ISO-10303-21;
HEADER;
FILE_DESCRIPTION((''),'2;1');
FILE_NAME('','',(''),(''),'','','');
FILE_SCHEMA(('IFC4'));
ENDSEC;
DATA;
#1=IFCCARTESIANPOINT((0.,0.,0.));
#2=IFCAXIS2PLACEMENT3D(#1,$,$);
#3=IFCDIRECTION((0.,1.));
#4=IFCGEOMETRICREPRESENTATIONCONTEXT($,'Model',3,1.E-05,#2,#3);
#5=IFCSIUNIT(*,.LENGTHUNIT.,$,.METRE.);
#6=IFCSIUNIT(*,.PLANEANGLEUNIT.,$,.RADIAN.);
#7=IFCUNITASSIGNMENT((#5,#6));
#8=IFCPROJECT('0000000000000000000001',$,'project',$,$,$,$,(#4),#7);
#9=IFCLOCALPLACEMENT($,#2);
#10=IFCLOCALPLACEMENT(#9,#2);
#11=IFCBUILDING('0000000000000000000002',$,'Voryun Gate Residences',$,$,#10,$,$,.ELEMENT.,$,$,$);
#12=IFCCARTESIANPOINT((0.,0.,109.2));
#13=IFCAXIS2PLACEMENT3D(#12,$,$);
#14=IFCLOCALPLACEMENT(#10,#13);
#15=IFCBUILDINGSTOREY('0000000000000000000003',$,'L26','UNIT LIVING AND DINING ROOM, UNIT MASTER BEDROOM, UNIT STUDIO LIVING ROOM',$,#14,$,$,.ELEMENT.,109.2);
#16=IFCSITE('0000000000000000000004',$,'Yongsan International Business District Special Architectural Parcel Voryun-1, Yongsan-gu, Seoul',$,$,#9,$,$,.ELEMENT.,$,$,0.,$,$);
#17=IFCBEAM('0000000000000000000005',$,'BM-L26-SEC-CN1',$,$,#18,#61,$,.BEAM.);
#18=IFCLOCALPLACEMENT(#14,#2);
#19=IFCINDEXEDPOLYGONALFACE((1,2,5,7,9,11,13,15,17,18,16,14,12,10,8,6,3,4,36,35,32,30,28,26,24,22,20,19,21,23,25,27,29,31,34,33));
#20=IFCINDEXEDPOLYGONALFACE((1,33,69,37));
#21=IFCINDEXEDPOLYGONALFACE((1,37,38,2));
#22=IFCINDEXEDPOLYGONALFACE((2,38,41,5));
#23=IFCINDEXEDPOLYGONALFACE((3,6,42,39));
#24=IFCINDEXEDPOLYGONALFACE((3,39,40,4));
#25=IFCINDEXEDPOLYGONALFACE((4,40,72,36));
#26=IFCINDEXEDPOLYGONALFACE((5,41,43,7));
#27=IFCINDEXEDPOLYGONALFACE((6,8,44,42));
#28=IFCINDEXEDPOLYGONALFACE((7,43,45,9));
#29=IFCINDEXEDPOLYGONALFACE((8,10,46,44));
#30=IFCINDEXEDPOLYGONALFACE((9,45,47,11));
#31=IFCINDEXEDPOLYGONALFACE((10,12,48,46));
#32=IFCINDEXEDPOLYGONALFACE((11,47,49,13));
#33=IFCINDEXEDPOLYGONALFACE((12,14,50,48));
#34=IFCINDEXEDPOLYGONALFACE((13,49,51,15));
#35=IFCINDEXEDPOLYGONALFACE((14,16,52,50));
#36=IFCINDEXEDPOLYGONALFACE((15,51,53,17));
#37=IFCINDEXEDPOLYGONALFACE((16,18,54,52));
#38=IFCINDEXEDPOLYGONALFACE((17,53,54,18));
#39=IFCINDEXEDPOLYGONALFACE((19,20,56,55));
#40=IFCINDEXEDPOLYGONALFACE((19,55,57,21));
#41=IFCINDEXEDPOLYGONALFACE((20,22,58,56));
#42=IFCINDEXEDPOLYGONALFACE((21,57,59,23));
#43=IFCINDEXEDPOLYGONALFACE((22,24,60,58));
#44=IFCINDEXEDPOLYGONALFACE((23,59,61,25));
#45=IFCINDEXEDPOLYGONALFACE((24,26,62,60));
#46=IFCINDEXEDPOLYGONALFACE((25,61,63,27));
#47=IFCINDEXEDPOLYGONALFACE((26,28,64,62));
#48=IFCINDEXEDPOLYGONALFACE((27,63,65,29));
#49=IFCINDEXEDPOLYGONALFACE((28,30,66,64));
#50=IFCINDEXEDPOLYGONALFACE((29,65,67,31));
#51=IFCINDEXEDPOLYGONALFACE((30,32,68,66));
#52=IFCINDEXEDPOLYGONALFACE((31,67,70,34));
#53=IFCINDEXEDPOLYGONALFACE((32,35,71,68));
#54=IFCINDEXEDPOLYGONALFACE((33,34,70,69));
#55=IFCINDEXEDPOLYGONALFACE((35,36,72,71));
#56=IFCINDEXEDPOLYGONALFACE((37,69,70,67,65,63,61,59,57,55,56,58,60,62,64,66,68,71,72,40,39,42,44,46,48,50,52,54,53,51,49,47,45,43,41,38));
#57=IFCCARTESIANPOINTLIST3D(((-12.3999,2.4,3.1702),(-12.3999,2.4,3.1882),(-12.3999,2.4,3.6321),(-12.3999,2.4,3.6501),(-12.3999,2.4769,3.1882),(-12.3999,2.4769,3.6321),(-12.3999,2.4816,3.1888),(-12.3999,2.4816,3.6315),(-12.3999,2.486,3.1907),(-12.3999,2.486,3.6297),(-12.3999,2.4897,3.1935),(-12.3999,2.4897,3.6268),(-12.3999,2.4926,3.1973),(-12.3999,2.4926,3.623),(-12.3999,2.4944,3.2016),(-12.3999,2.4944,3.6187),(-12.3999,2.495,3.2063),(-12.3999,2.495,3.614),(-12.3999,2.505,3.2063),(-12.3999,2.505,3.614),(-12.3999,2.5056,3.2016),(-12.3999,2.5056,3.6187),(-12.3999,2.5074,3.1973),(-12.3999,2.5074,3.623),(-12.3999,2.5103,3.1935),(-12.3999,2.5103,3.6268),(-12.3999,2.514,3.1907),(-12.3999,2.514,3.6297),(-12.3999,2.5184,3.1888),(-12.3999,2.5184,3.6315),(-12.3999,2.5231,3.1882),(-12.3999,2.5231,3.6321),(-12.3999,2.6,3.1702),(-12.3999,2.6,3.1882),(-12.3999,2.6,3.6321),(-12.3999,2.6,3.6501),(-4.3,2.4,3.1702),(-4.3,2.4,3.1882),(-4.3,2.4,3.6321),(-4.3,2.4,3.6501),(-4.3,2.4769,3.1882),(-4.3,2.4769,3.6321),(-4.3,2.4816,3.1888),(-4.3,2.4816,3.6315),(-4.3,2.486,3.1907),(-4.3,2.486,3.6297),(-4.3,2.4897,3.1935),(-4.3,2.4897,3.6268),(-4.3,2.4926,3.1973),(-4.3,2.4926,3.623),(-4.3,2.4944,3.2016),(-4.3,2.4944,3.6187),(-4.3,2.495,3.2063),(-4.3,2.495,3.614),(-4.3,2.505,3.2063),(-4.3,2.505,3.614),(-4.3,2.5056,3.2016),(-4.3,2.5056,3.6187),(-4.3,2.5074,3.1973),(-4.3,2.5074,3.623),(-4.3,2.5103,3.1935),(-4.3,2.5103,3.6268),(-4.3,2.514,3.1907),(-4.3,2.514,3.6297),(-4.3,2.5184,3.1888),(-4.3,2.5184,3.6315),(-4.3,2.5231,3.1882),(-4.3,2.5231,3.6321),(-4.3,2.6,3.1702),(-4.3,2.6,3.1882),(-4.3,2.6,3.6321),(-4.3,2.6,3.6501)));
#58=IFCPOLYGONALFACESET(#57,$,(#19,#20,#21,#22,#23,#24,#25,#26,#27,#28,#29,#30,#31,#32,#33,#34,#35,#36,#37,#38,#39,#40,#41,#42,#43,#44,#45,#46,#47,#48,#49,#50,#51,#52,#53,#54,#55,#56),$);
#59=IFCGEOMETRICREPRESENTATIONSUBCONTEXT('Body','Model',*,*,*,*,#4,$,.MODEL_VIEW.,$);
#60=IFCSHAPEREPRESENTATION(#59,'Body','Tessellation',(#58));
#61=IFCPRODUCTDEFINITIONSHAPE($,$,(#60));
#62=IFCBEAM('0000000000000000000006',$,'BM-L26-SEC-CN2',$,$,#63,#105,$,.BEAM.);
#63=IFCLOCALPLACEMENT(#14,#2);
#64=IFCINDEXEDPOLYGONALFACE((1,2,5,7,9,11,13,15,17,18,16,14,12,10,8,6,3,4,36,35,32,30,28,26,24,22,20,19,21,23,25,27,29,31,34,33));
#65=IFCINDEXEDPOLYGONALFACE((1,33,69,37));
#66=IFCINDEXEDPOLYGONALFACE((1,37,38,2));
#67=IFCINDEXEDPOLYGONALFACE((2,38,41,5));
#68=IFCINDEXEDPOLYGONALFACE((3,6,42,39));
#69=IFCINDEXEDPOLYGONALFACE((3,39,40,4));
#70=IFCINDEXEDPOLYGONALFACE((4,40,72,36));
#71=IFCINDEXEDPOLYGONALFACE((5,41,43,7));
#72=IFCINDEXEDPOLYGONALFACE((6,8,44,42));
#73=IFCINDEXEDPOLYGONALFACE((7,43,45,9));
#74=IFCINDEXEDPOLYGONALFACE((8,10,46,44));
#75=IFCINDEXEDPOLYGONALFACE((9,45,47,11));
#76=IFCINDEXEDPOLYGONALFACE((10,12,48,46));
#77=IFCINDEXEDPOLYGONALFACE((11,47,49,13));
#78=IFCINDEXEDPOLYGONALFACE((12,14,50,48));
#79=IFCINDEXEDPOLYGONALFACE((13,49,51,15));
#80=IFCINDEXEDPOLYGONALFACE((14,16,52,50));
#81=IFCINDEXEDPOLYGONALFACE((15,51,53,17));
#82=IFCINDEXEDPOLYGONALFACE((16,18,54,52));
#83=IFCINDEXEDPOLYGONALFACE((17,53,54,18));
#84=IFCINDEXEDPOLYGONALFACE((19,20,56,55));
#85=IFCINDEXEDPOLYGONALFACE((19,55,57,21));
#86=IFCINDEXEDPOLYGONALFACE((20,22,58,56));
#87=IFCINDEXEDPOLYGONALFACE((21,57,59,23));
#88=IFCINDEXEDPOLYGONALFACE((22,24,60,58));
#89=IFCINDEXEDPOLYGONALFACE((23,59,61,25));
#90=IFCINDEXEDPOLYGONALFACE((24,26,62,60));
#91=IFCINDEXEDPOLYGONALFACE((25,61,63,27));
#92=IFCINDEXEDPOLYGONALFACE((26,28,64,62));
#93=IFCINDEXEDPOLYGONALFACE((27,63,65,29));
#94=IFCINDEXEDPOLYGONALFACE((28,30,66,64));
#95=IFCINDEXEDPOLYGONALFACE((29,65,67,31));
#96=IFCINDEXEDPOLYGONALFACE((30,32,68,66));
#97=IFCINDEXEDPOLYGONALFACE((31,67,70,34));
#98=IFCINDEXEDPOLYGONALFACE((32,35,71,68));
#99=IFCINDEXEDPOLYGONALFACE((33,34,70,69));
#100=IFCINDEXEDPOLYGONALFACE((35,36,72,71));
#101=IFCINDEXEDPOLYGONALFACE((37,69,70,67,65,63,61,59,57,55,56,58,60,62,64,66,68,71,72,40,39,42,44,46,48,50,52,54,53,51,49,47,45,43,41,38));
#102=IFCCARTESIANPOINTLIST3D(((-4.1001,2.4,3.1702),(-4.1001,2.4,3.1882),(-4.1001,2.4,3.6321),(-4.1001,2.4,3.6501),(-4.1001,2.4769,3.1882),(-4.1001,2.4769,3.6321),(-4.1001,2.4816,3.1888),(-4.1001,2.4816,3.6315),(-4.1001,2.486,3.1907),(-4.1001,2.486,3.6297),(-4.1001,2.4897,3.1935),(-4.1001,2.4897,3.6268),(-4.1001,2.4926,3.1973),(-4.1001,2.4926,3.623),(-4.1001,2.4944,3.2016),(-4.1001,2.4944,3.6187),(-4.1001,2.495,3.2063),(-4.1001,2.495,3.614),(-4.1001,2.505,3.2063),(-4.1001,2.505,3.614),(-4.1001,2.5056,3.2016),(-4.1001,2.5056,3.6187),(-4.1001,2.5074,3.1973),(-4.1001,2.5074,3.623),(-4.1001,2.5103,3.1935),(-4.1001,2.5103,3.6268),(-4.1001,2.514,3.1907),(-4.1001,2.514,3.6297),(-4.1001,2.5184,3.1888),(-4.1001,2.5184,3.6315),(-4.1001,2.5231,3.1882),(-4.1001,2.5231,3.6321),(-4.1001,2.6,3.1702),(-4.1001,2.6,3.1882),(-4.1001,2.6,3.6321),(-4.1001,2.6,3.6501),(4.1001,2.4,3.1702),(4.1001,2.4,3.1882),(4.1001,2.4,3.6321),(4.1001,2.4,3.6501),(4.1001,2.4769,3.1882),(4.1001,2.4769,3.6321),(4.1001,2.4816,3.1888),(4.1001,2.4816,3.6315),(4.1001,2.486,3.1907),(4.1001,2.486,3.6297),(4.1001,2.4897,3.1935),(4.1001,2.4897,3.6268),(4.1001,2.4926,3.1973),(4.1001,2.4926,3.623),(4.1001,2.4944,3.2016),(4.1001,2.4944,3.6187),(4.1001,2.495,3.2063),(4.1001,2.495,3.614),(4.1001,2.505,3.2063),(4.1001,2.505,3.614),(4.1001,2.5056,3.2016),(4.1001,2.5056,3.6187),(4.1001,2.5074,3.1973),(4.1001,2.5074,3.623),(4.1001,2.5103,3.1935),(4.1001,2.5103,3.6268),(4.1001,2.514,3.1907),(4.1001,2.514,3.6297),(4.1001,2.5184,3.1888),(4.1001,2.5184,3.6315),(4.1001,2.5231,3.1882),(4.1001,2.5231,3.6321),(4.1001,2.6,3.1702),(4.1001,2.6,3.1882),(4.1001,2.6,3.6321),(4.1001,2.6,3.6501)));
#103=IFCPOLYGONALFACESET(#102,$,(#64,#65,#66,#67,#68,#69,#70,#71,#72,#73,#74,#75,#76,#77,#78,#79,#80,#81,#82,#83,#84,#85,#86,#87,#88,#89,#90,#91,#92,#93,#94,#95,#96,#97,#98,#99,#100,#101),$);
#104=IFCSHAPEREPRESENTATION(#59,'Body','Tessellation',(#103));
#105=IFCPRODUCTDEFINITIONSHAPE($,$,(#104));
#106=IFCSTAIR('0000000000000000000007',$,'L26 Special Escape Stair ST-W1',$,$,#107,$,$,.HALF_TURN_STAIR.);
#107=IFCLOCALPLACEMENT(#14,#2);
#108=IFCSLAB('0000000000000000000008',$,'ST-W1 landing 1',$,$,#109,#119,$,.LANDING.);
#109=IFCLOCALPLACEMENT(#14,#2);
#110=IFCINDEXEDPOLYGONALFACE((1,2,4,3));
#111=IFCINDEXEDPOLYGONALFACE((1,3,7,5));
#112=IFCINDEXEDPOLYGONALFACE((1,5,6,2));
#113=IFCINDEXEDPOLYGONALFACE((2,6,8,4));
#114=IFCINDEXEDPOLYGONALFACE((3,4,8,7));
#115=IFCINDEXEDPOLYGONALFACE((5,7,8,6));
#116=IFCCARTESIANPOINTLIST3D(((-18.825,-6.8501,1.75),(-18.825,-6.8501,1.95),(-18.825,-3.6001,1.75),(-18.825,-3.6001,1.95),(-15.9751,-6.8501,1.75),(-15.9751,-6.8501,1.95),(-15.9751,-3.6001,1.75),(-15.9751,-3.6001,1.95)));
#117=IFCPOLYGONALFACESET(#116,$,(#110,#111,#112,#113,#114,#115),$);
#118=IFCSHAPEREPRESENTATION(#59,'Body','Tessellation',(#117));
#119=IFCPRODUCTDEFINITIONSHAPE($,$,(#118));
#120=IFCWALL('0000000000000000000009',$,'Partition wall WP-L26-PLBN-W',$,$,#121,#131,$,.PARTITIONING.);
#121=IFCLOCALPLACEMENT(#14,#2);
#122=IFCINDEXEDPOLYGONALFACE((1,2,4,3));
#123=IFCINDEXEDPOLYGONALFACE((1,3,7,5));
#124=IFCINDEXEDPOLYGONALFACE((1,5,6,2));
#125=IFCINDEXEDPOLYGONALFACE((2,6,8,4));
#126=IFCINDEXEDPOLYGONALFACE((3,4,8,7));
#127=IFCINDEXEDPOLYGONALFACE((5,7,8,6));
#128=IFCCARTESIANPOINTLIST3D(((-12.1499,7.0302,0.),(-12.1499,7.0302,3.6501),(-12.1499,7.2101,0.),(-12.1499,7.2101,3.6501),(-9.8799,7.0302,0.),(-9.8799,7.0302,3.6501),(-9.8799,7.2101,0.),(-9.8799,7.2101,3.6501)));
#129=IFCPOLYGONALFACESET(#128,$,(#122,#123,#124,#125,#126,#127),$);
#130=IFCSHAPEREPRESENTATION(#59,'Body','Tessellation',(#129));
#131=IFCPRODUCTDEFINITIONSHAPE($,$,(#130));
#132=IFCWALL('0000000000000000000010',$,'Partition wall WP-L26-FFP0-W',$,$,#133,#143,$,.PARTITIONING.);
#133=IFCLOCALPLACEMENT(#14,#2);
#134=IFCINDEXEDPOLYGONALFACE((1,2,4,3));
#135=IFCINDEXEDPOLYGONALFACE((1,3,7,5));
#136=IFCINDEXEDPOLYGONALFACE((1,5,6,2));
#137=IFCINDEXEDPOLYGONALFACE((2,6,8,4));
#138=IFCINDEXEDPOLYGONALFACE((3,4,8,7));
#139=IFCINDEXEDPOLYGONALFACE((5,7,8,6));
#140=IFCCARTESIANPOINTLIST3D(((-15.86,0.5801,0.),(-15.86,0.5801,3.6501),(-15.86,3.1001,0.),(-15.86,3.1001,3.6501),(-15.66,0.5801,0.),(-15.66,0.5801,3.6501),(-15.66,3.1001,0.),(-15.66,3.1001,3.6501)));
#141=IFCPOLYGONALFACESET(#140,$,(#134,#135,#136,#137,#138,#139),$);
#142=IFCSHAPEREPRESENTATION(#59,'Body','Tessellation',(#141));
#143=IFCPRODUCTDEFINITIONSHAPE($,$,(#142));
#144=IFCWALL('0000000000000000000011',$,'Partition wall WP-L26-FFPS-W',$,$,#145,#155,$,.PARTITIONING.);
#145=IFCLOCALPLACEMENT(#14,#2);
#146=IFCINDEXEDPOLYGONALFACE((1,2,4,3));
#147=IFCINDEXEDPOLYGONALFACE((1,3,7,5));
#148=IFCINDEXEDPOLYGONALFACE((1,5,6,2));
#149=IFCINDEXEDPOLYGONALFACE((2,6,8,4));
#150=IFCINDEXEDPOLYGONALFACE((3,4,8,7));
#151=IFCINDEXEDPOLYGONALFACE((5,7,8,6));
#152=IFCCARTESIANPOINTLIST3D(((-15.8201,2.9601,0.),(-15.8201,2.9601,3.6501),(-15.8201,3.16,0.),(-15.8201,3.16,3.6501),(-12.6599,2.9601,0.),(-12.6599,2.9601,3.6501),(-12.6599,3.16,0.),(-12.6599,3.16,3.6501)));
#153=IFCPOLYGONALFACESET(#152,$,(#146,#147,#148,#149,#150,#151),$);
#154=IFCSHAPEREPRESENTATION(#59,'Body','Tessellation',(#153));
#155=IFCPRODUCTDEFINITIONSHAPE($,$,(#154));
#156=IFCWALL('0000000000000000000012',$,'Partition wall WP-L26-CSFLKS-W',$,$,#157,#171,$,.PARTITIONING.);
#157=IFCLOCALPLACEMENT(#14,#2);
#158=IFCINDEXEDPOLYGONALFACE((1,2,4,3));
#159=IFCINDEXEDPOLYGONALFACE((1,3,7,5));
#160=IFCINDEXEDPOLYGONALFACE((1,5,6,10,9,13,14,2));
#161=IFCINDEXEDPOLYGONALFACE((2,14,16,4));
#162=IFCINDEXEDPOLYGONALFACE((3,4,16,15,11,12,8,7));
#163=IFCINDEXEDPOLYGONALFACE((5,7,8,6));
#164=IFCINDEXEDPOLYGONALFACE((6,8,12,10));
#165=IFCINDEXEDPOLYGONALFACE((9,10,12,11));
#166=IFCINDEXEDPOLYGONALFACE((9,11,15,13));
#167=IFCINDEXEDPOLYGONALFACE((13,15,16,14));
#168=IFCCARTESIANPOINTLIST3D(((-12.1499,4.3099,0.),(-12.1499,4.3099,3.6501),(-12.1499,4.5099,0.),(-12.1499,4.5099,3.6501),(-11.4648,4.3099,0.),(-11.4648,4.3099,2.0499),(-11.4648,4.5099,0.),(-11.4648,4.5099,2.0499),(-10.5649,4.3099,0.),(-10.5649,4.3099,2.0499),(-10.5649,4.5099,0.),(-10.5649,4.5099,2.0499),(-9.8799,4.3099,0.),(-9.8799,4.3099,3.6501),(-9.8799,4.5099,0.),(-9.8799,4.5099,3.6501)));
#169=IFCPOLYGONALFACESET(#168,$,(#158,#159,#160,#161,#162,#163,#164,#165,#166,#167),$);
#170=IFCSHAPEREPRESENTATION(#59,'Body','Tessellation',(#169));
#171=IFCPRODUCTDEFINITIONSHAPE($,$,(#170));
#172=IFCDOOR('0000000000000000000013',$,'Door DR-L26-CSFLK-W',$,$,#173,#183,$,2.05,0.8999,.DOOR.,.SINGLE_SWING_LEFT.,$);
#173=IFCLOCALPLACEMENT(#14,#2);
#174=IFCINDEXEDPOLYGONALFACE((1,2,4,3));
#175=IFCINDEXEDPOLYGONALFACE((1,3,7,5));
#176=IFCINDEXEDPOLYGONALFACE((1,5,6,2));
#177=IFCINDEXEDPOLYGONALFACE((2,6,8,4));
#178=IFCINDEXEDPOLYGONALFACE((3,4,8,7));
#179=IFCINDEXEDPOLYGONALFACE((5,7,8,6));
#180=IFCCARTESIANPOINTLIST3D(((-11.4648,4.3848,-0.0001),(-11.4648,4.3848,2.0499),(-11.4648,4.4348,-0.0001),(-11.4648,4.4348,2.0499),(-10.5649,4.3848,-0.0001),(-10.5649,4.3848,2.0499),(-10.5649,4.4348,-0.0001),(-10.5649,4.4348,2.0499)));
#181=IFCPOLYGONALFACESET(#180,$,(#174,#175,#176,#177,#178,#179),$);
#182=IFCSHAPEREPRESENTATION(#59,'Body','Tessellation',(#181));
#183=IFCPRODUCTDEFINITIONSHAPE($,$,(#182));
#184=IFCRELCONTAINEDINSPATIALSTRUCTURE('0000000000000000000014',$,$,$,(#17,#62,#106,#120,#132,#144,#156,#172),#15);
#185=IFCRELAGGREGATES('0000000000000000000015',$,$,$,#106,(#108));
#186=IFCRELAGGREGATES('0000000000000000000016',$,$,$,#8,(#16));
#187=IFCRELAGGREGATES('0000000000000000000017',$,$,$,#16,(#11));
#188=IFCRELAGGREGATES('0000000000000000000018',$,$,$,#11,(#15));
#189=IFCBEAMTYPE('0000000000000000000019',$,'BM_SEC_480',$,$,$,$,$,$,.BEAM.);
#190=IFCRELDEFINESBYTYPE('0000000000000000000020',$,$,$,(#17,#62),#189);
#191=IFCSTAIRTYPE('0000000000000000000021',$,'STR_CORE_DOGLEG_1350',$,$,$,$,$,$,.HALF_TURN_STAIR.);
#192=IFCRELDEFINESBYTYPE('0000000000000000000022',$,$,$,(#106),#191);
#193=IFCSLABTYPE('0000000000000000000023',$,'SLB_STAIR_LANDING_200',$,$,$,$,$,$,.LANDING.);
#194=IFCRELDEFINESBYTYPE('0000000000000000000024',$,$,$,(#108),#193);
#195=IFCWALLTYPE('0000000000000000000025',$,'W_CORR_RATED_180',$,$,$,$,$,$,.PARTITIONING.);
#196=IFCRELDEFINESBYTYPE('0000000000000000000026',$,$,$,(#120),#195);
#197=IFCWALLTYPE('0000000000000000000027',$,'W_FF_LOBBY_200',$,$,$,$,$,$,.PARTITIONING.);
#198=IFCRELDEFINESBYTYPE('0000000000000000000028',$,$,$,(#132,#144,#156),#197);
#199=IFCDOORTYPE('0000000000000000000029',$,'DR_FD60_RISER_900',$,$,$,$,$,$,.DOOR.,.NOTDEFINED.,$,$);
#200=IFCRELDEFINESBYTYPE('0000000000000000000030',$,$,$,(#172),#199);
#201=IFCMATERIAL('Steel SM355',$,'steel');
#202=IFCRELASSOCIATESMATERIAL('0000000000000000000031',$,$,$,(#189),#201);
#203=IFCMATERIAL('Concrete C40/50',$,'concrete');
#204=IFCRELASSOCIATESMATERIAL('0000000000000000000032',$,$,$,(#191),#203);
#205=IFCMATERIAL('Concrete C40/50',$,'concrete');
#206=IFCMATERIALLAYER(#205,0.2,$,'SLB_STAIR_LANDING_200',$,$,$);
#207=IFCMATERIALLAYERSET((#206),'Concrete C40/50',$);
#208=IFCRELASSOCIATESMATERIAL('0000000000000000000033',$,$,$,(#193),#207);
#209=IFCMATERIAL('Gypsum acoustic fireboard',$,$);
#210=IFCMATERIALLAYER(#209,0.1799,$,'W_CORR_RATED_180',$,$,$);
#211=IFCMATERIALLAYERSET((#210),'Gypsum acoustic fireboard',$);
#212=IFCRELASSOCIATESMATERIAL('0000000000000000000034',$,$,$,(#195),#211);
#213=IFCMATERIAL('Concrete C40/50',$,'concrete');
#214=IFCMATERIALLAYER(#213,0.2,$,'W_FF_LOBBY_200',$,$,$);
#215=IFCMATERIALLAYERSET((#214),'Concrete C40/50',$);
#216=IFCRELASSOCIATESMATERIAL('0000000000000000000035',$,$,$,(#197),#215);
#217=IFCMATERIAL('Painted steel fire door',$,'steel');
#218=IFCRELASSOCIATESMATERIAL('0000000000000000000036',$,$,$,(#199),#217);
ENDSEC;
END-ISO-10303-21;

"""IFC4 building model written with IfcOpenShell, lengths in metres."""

from ifc_helpers import new_model, si_unit, direction, frame, frame_2d, origin, origin_2d, place, context, subcontext, project, spatial, polyline, rectangle, i_section, outline, extrude, material, layer, layer_set, material_profile, profile_set, type_object, element, fill, aggregate, save


model = new_model("IFC4")

# Units and contexts
model_context = context("Model", 3, precision=1e-05, world=origin(), true_north=direction((0.0, 1.0)))
body_context = subcontext(model_context, "Body", "Model", "MODEL_VIEW")
ifc_project = project(units=[si_unit("LENGTHUNIT", "METRE"), si_unit("PLANEANGLEUNIT", "RADIAN")], contexts=[model_context])

# Site, building, storey
site_placement = place(None, origin())
site = spatial("IfcSite", under=ifc_project, at=site_placement, Name="Yongsan International Business District Special Architectural Parcel Voryun-1, Yongsan-gu, Seoul", CompositionType="ELEMENT", RefElevation=0.0)
building_placement = place(site_placement, origin())
building = spatial("IfcBuilding", under=site, at=building_placement, Name="Voryun Gate Residences", CompositionType="ELEMENT")
storey_placement = place(building_placement, frame((0.0, 0.0, 109.2)))
storey = spatial("IfcBuildingStorey", under=building, at=storey_placement, Name="L26", Description="UNIT LIVING AND DINING ROOM, UNIT MASTER BEDROOM, UNIT STUDIO LIVING ROOM", CompositionType="ELEMENT", Elevation=109.2)

# Beams
ifc_material_1 = material(Name="Steel SM355", Category="steel")
ifc_material_profile_1 = material_profile(ifc_material_1, i_section(OverallWidth=0.2, OverallDepth=0.48, WebThickness=0.01, FlangeThickness=0.0181, FilletRadius=0.0181, at=origin_2d()), Name="H-480x200x10x18")
ifc_profile_set_1 = profile_set([ifc_material_profile_1], Name="Steel SM355")
beam_type_1 = type_object("IfcBeamType", Name="BM_SEC_480", PredefinedType="BEAM", material=ifc_profile_set_1)
beam_1_placement = place(storey_placement, frame((-12.3999, 2.5, 3.4102), z_axis=(1.0, 0.0, 0.0), x_axis=(0.0, 1.0, 0.0)))
element("IfcBeam", 1, at=beam_1_placement, inside=storey, type_object=beam_type_1, Name="BM-L26-SEC-CN1", PredefinedType="BEAM", context=body_context, shape_type="SweptSolid", body=[
    extrude(i_section(OverallWidth=0.2, OverallDepth=0.48, WebThickness=0.01, FlangeThickness=0.0181, FilletRadius=0.0181, at=origin_2d()), origin(), (0.0, 0.0, 1.0), 8.0999),
])
beam_2_placement = place(storey_placement, frame((-4.1001, 2.5, 3.4102), z_axis=(1.0, 0.0, 0.0), x_axis=(0.0, 1.0, 0.0)))
element("IfcBeam", 2, at=beam_2_placement, inside=storey, type_object=beam_type_1, Name="BM-L26-SEC-CN2", PredefinedType="BEAM", context=body_context, shape_type="SweptSolid", body=[
    extrude(i_section(OverallWidth=0.2, OverallDepth=0.48, WebThickness=0.01, FlangeThickness=0.0181, FilletRadius=0.0181, at=origin_2d()), origin(), (0.0, 0.0, 1.0), 8.2002),
])

# Stair, slab
ifc_material_2 = material(Name="Concrete C40/50", Category="concrete")
stair_type = type_object("IfcStairType", Name="STR_CORE_DOGLEG_1350", PredefinedType="HALF_TURN_STAIR", material=ifc_material_2)
stair_placement = place(storey_placement, origin())
stair = element("IfcStair", 3, at=stair_placement, inside=storey, type_object=stair_type, Name="L26 Special Escape Stair ST-W1", PredefinedType="HALF_TURN_STAIR")
ifc_material_3 = material(Name="Concrete C40/50", Category="concrete")
ifc_layer_1 = layer(ifc_material_3, 0.2, Name="SLB_STAIR_LANDING_200")
ifc_layer_set_1 = layer_set([ifc_layer_1], Name="Concrete C40/50")
slab_type = type_object("IfcSlabType", Name="SLB_STAIR_LANDING_200", PredefinedType="LANDING", material=ifc_layer_set_1)
slab_placement = place(storey_placement, frame((0.0, 0.0, 1.75)))
slab = element("IfcSlab", 4, at=slab_placement, type_object=slab_type, Name="ST-W1 landing 1", PredefinedType="LANDING", context=body_context, shape_type="SweptSolid", body=[
    extrude(outline(polyline([(-18.825, -3.6001), (-18.825, -6.8501), (-15.9751, -6.8501), (-15.9751, -3.6001), (-18.825, -3.6001)])), origin(), (0.0, 0.0, 1.0), 0.2),
])
aggregate(stair, [slab])

# Walls
ifc_material_4 = material(Name="Gypsum acoustic fireboard")
ifc_layer_2 = layer(ifc_material_4, 0.1799, Name="W_CORR_RATED_180")
ifc_layer_set_2 = layer_set([ifc_layer_2], Name="Gypsum acoustic fireboard")
wall_type_1 = type_object("IfcWallType", Name="W_CORR_RATED_180", PredefinedType="PARTITIONING", material=ifc_layer_set_2)
wall_1_placement = place(storey_placement, frame((-12.1499, 7.1201, 0.0), z_axis=(0.0, 0.0, 1.0), x_axis=(1.0, 0.0, 0.0)))
element("IfcWall", 5, at=wall_1_placement, inside=storey, type_object=wall_type_1, Name="Partition wall WP-L26-PLBN-W", PredefinedType="PARTITIONING", context=body_context, shape_type="SweptSolid", body=[
    extrude(rectangle(XDim=2.27, YDim=0.1799, at=frame_2d((1.135, 0.0))), origin(), (0.0, 0.0, 1.0), 3.6501),
])
ifc_material_5 = material(Name="Concrete C40/50", Category="concrete")
ifc_layer_3 = layer(ifc_material_5, 0.2, Name="W_FF_LOBBY_200")
ifc_layer_set_3 = layer_set([ifc_layer_3], Name="Concrete C40/50")
wall_type_2 = type_object("IfcWallType", Name="W_FF_LOBBY_200", PredefinedType="PARTITIONING", material=ifc_layer_set_3)
wall_2_placement = place(storey_placement, frame((-15.76, 0.5801, 0.0), z_axis=(0.0, 0.0, 1.0), x_axis=(0.0, 1.0, 0.0)))
element("IfcWall", 6, at=wall_2_placement, inside=storey, type_object=wall_type_2, Name="Partition wall WP-L26-FFP0-W", PredefinedType="PARTITIONING", context=body_context, shape_type="SweptSolid", body=[
    extrude(rectangle(XDim=2.52, YDim=0.2, at=frame_2d((1.26, 0.0))), origin(), (0.0, 0.0, 1.0), 3.6501),
])
wall_3_placement = place(storey_placement, frame((-15.8201, 3.0601, 0.0), z_axis=(0.0, 0.0, 1.0), x_axis=(1.0, 0.0, 0.0)))
element("IfcWall", 7, at=wall_3_placement, inside=storey, type_object=wall_type_2, Name="Partition wall WP-L26-FFPS-W", PredefinedType="PARTITIONING", context=body_context, shape_type="SweptSolid", body=[
    extrude(rectangle(XDim=3.1602, YDim=0.2, at=frame_2d((1.5801, 0.0))), origin(), (0.0, 0.0, 1.0), 3.6501),
])

# Wall, opening, door
wall_4_placement = place(storey_placement, frame((-12.1499, 4.4099, 0.0), z_axis=(0.0, 0.0, 1.0), x_axis=(1.0, 0.0, 0.0)))
wall_4 = element("IfcWall", 8, at=wall_4_placement, inside=storey, type_object=wall_type_2, Name="Partition wall WP-L26-CSFLKS-W", PredefinedType="PARTITIONING", context=body_context, shape_type="SweptSolid", body=[
    extrude(rectangle(XDim=2.27, YDim=0.2, at=frame_2d((1.135, 0.0))), origin(), (0.0, 0.0, 1.0), 3.6501),
])
opening_1_placement = place(wall_4_placement, frame((0.6851, 0.0, 0.0)))
opening_1 = element("IfcOpeningElement", 9, at=opening_1_placement, cuts=wall_4, PredefinedType="OPENING", context=body_context, shape_type="SweptSolid", body=[
    extrude(rectangle(XDim=0.8999, YDim=2.05, at=frame_2d((0.45, 1.0249))), frame((0.0, 0.1101, 0.0), z_axis=(0.0, -1.0, 0.0), x_axis=(1.0, 0.0, 0.0)), (0.0, 0.0, 1.0), 0.22),
])
ifc_material_6 = material(Name="Painted steel fire door", Category="steel")
door_type_1 = type_object("IfcDoorType", Name="DR_FD60_RISER_900", OperationType="NOTDEFINED", PredefinedType="DOOR", material=ifc_material_6)
door_1_placement = place(opening_1_placement, origin())
door_1 = element("IfcDoor", 10, at=door_1_placement, inside=storey, type_object=door_type_1, Name="Door DR-L26-CSFLK-W", OperationType="SINGLE_SWING_LEFT", OverallHeight=2.05, OverallWidth=0.8999, PredefinedType="DOOR", context=body_context, shape_type="SweptSolid", body=[
    extrude(rectangle(XDim=0.8999, YDim=2.05, at=frame_2d((0.45, 1.0249))), frame((0.0, 0.0249, 0.0), z_axis=(0.0, -1.0, 0.0), x_axis=(1.0, 0.0, 0.0)), (0.0, 0.0, 1.0), 0.05),
])
fill(opening_1, door_1)

save(model, "model.ifc")
